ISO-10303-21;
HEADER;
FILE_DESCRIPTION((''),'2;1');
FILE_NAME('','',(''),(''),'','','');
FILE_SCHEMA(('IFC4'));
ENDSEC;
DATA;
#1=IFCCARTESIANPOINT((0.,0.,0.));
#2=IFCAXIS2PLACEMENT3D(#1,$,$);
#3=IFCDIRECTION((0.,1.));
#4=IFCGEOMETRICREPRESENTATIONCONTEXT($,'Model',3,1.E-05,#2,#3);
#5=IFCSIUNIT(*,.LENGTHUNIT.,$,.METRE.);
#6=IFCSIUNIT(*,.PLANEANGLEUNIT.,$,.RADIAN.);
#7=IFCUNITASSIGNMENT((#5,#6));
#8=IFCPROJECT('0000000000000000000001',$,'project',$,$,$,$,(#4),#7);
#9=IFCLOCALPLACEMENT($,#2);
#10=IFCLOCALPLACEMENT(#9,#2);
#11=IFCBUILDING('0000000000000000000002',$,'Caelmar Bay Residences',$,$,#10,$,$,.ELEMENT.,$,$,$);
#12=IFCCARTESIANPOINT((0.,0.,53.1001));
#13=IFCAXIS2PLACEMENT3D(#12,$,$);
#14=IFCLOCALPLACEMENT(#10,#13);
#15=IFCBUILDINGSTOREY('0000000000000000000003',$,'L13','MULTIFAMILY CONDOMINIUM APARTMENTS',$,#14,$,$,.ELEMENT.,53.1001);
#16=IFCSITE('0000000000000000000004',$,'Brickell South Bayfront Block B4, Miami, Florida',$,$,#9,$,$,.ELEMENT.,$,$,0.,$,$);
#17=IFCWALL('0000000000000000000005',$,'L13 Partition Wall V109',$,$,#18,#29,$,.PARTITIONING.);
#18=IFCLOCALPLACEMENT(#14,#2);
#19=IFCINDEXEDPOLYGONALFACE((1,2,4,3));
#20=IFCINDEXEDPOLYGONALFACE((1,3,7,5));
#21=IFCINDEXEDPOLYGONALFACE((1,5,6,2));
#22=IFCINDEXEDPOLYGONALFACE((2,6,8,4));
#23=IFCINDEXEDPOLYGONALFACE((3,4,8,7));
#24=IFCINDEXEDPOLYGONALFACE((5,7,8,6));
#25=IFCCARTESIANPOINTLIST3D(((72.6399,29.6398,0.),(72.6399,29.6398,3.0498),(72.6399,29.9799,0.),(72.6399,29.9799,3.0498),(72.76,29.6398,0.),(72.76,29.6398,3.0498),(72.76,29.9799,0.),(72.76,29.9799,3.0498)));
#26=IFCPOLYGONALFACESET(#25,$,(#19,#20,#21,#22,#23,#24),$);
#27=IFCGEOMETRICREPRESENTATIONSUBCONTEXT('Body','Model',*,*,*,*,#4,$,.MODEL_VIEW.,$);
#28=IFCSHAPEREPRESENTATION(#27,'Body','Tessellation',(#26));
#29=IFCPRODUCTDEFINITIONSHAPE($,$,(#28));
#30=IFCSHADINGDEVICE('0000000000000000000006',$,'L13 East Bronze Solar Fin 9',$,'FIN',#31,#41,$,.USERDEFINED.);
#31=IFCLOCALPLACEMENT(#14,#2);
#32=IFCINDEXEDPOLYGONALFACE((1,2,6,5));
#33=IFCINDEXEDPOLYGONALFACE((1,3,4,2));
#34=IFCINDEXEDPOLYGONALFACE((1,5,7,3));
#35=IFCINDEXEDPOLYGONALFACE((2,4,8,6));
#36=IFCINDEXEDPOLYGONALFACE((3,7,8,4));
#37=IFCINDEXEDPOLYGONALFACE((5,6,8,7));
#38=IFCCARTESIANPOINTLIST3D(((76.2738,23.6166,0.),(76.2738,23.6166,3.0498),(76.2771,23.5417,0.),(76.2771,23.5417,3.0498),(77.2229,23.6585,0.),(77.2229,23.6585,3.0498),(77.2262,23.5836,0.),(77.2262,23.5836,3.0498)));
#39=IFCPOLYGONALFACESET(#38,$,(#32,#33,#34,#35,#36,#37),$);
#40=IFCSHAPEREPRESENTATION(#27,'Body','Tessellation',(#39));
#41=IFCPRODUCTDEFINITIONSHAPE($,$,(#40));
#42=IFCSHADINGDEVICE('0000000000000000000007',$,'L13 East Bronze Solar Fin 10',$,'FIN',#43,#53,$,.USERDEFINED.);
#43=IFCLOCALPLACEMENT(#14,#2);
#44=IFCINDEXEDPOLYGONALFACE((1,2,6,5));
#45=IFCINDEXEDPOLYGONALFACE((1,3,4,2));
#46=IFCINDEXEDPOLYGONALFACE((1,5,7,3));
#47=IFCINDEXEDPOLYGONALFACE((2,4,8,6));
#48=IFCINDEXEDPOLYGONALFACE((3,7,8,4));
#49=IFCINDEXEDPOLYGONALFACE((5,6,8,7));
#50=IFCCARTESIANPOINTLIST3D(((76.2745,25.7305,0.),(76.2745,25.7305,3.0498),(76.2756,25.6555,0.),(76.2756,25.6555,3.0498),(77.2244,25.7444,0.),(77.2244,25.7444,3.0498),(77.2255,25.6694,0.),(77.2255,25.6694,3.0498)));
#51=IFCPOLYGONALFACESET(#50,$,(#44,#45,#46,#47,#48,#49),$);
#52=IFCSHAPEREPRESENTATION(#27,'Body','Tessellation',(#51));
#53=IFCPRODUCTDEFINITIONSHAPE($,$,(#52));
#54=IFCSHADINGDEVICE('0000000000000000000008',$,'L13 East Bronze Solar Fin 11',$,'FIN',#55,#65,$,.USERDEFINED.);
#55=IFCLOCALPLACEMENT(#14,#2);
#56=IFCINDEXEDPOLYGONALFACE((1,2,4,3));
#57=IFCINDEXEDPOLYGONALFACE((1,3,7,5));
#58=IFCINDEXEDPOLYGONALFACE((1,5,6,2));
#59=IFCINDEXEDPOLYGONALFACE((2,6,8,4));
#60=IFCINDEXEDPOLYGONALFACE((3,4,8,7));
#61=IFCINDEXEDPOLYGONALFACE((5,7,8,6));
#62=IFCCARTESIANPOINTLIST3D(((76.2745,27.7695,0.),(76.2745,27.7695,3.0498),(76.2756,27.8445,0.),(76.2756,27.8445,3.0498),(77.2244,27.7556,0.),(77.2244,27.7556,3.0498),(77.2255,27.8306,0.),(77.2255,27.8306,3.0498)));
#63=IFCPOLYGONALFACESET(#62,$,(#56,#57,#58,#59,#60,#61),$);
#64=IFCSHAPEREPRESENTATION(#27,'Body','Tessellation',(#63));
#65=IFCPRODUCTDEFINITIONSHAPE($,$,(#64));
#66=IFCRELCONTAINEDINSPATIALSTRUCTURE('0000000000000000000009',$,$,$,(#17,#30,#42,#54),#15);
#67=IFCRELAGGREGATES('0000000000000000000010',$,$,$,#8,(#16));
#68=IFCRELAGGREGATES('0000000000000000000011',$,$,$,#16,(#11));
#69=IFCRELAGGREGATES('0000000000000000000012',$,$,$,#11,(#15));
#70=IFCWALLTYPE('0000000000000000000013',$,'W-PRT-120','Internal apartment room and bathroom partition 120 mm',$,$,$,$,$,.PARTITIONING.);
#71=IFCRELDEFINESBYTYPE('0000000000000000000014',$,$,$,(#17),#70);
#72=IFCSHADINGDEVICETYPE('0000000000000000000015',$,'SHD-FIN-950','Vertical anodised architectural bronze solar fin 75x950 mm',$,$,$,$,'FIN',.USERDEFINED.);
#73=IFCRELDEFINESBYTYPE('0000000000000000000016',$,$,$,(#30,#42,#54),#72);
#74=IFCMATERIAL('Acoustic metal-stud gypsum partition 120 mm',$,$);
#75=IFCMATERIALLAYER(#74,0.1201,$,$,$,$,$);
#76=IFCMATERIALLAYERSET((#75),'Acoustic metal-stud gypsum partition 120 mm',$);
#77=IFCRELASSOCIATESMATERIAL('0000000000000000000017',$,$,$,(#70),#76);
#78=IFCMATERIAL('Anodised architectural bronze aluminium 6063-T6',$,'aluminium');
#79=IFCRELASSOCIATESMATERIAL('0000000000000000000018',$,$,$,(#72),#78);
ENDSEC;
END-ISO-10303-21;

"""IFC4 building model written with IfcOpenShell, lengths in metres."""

from ifc_helpers import new_model, si_unit, direction, frame, frame_2d, origin, origin_2d, place, context, subcontext, project, spatial, rectangle, extrude, material, layer, layer_set, material_profile, profile_set, type_object, element, save


model = new_model("IFC4")

# Units and contexts
model_context = context("Model", 3, precision=1e-05, world=origin(), true_north=direction((0.0, 1.0)))
body_context = subcontext(model_context, "Body", "Model", "MODEL_VIEW")
ifc_project = project(units=[si_unit("LENGTHUNIT", "METRE"), si_unit("PLANEANGLEUNIT", "RADIAN")], contexts=[model_context])

# Site, building, storey
site_placement = place(None, origin())
site = spatial("IfcSite", under=ifc_project, at=site_placement, Name="Brickell South Bayfront Block B4, Miami, Florida", CompositionType="ELEMENT", RefElevation=0.0)
building_placement = place(site_placement, origin())
building = spatial("IfcBuilding", under=site, at=building_placement, Name="Caelmar Bay Residences", CompositionType="ELEMENT")
storey_placement = place(building_placement, frame((0.0, 0.0, 53.1001)))
storey = spatial("IfcBuildingStorey", under=building, at=storey_placement, Name="L13", Description="MULTIFAMILY CONDOMINIUM APARTMENTS", CompositionType="ELEMENT", Elevation=53.1001)

# Shared definitions
ifc_material_1 = material(Name="Acoustic metal-stud gypsum partition 120 mm")
ifc_layer_1 = layer(ifc_material_1, 0.1201)
ifc_layer_set_1 = layer_set([ifc_layer_1], Name="Acoustic metal-stud gypsum partition 120 mm")
wall_type = type_object("IfcWallType", Name="W-PRT-120", Description="Internal apartment room and bathroom partition 120 mm", PredefinedType="PARTITIONING", material=ifc_layer_set_1)

# Wall
wall_1_placement = place(storey_placement, frame((72.7, 29.6399, 0.0), z_axis=(0.0, 0.0, 1.0), x_axis=(0.0, 1.0, 0.0)))
element("IfcWall", 1, at=wall_1_placement, inside=storey, type_object=wall_type, Name="L13 Partition Wall V109", PredefinedType="PARTITIONING", context=body_context, shape_type="SweptSolid", body=[
    extrude(rectangle(XDim=0.3401, YDim=0.1201, at=frame_2d((0.1699, 0.0))), origin(), (0.0, 0.0, 1.0), 3.0498),
])

# Shading devices
ifc_material_2 = material(Name="Anodised architectural bronze aluminium 6063-T6", Category="aluminium")
ifc_material_profile_1 = material_profile(ifc_material_2, rectangle(XDim=0.075, YDim=0.95, at=origin_2d()), Name="BRONZE-FIN-75X950")
ifc_profile_set_1 = profile_set([ifc_material_profile_1], Name="Anodised architectural bronze aluminium 6063-T6")
shading_device_type = type_object("IfcShadingDeviceType", Name="SHD-FIN-950", Description="Vertical anodised architectural bronze solar fin 75x950 mm", ElementType="FIN", PredefinedType="USERDEFINED", material=ifc_profile_set_1)
for number, where, z_axis, x_axis, name in (
    (2, (76.75, 23.6001, 0.0), (0.0, 0.0, 1.0), (-0.044142, 0.999025, 0.0), "L13 East Bronze Solar Fin 9"),
    (3, (76.75, 25.7, 0.0), (0.0, 0.0, 1.0), (-0.01466, 0.999893, 0.0), "L13 East Bronze Solar Fin 10"),
    (4, (76.75, 27.8, 0.0), (0.0, 0.0, 1.0), (0.01466, 0.999893, 0.0), "L13 East Bronze Solar Fin 11"),
):
    element("IfcShadingDevice", number, at=place(storey_placement, frame(where, z_axis=z_axis, x_axis=x_axis)), inside=storey, type_object=shading_device_type, Name=name, ObjectType="FIN", PredefinedType="USERDEFINED", context=body_context, shape_type="SweptSolid", body=[
        extrude(rectangle(XDim=0.075, YDim=0.95, at=origin_2d()), origin(), (0.0, 0.0, 1.0), 3.0498),
    ])

save(model, "model.ifc")
